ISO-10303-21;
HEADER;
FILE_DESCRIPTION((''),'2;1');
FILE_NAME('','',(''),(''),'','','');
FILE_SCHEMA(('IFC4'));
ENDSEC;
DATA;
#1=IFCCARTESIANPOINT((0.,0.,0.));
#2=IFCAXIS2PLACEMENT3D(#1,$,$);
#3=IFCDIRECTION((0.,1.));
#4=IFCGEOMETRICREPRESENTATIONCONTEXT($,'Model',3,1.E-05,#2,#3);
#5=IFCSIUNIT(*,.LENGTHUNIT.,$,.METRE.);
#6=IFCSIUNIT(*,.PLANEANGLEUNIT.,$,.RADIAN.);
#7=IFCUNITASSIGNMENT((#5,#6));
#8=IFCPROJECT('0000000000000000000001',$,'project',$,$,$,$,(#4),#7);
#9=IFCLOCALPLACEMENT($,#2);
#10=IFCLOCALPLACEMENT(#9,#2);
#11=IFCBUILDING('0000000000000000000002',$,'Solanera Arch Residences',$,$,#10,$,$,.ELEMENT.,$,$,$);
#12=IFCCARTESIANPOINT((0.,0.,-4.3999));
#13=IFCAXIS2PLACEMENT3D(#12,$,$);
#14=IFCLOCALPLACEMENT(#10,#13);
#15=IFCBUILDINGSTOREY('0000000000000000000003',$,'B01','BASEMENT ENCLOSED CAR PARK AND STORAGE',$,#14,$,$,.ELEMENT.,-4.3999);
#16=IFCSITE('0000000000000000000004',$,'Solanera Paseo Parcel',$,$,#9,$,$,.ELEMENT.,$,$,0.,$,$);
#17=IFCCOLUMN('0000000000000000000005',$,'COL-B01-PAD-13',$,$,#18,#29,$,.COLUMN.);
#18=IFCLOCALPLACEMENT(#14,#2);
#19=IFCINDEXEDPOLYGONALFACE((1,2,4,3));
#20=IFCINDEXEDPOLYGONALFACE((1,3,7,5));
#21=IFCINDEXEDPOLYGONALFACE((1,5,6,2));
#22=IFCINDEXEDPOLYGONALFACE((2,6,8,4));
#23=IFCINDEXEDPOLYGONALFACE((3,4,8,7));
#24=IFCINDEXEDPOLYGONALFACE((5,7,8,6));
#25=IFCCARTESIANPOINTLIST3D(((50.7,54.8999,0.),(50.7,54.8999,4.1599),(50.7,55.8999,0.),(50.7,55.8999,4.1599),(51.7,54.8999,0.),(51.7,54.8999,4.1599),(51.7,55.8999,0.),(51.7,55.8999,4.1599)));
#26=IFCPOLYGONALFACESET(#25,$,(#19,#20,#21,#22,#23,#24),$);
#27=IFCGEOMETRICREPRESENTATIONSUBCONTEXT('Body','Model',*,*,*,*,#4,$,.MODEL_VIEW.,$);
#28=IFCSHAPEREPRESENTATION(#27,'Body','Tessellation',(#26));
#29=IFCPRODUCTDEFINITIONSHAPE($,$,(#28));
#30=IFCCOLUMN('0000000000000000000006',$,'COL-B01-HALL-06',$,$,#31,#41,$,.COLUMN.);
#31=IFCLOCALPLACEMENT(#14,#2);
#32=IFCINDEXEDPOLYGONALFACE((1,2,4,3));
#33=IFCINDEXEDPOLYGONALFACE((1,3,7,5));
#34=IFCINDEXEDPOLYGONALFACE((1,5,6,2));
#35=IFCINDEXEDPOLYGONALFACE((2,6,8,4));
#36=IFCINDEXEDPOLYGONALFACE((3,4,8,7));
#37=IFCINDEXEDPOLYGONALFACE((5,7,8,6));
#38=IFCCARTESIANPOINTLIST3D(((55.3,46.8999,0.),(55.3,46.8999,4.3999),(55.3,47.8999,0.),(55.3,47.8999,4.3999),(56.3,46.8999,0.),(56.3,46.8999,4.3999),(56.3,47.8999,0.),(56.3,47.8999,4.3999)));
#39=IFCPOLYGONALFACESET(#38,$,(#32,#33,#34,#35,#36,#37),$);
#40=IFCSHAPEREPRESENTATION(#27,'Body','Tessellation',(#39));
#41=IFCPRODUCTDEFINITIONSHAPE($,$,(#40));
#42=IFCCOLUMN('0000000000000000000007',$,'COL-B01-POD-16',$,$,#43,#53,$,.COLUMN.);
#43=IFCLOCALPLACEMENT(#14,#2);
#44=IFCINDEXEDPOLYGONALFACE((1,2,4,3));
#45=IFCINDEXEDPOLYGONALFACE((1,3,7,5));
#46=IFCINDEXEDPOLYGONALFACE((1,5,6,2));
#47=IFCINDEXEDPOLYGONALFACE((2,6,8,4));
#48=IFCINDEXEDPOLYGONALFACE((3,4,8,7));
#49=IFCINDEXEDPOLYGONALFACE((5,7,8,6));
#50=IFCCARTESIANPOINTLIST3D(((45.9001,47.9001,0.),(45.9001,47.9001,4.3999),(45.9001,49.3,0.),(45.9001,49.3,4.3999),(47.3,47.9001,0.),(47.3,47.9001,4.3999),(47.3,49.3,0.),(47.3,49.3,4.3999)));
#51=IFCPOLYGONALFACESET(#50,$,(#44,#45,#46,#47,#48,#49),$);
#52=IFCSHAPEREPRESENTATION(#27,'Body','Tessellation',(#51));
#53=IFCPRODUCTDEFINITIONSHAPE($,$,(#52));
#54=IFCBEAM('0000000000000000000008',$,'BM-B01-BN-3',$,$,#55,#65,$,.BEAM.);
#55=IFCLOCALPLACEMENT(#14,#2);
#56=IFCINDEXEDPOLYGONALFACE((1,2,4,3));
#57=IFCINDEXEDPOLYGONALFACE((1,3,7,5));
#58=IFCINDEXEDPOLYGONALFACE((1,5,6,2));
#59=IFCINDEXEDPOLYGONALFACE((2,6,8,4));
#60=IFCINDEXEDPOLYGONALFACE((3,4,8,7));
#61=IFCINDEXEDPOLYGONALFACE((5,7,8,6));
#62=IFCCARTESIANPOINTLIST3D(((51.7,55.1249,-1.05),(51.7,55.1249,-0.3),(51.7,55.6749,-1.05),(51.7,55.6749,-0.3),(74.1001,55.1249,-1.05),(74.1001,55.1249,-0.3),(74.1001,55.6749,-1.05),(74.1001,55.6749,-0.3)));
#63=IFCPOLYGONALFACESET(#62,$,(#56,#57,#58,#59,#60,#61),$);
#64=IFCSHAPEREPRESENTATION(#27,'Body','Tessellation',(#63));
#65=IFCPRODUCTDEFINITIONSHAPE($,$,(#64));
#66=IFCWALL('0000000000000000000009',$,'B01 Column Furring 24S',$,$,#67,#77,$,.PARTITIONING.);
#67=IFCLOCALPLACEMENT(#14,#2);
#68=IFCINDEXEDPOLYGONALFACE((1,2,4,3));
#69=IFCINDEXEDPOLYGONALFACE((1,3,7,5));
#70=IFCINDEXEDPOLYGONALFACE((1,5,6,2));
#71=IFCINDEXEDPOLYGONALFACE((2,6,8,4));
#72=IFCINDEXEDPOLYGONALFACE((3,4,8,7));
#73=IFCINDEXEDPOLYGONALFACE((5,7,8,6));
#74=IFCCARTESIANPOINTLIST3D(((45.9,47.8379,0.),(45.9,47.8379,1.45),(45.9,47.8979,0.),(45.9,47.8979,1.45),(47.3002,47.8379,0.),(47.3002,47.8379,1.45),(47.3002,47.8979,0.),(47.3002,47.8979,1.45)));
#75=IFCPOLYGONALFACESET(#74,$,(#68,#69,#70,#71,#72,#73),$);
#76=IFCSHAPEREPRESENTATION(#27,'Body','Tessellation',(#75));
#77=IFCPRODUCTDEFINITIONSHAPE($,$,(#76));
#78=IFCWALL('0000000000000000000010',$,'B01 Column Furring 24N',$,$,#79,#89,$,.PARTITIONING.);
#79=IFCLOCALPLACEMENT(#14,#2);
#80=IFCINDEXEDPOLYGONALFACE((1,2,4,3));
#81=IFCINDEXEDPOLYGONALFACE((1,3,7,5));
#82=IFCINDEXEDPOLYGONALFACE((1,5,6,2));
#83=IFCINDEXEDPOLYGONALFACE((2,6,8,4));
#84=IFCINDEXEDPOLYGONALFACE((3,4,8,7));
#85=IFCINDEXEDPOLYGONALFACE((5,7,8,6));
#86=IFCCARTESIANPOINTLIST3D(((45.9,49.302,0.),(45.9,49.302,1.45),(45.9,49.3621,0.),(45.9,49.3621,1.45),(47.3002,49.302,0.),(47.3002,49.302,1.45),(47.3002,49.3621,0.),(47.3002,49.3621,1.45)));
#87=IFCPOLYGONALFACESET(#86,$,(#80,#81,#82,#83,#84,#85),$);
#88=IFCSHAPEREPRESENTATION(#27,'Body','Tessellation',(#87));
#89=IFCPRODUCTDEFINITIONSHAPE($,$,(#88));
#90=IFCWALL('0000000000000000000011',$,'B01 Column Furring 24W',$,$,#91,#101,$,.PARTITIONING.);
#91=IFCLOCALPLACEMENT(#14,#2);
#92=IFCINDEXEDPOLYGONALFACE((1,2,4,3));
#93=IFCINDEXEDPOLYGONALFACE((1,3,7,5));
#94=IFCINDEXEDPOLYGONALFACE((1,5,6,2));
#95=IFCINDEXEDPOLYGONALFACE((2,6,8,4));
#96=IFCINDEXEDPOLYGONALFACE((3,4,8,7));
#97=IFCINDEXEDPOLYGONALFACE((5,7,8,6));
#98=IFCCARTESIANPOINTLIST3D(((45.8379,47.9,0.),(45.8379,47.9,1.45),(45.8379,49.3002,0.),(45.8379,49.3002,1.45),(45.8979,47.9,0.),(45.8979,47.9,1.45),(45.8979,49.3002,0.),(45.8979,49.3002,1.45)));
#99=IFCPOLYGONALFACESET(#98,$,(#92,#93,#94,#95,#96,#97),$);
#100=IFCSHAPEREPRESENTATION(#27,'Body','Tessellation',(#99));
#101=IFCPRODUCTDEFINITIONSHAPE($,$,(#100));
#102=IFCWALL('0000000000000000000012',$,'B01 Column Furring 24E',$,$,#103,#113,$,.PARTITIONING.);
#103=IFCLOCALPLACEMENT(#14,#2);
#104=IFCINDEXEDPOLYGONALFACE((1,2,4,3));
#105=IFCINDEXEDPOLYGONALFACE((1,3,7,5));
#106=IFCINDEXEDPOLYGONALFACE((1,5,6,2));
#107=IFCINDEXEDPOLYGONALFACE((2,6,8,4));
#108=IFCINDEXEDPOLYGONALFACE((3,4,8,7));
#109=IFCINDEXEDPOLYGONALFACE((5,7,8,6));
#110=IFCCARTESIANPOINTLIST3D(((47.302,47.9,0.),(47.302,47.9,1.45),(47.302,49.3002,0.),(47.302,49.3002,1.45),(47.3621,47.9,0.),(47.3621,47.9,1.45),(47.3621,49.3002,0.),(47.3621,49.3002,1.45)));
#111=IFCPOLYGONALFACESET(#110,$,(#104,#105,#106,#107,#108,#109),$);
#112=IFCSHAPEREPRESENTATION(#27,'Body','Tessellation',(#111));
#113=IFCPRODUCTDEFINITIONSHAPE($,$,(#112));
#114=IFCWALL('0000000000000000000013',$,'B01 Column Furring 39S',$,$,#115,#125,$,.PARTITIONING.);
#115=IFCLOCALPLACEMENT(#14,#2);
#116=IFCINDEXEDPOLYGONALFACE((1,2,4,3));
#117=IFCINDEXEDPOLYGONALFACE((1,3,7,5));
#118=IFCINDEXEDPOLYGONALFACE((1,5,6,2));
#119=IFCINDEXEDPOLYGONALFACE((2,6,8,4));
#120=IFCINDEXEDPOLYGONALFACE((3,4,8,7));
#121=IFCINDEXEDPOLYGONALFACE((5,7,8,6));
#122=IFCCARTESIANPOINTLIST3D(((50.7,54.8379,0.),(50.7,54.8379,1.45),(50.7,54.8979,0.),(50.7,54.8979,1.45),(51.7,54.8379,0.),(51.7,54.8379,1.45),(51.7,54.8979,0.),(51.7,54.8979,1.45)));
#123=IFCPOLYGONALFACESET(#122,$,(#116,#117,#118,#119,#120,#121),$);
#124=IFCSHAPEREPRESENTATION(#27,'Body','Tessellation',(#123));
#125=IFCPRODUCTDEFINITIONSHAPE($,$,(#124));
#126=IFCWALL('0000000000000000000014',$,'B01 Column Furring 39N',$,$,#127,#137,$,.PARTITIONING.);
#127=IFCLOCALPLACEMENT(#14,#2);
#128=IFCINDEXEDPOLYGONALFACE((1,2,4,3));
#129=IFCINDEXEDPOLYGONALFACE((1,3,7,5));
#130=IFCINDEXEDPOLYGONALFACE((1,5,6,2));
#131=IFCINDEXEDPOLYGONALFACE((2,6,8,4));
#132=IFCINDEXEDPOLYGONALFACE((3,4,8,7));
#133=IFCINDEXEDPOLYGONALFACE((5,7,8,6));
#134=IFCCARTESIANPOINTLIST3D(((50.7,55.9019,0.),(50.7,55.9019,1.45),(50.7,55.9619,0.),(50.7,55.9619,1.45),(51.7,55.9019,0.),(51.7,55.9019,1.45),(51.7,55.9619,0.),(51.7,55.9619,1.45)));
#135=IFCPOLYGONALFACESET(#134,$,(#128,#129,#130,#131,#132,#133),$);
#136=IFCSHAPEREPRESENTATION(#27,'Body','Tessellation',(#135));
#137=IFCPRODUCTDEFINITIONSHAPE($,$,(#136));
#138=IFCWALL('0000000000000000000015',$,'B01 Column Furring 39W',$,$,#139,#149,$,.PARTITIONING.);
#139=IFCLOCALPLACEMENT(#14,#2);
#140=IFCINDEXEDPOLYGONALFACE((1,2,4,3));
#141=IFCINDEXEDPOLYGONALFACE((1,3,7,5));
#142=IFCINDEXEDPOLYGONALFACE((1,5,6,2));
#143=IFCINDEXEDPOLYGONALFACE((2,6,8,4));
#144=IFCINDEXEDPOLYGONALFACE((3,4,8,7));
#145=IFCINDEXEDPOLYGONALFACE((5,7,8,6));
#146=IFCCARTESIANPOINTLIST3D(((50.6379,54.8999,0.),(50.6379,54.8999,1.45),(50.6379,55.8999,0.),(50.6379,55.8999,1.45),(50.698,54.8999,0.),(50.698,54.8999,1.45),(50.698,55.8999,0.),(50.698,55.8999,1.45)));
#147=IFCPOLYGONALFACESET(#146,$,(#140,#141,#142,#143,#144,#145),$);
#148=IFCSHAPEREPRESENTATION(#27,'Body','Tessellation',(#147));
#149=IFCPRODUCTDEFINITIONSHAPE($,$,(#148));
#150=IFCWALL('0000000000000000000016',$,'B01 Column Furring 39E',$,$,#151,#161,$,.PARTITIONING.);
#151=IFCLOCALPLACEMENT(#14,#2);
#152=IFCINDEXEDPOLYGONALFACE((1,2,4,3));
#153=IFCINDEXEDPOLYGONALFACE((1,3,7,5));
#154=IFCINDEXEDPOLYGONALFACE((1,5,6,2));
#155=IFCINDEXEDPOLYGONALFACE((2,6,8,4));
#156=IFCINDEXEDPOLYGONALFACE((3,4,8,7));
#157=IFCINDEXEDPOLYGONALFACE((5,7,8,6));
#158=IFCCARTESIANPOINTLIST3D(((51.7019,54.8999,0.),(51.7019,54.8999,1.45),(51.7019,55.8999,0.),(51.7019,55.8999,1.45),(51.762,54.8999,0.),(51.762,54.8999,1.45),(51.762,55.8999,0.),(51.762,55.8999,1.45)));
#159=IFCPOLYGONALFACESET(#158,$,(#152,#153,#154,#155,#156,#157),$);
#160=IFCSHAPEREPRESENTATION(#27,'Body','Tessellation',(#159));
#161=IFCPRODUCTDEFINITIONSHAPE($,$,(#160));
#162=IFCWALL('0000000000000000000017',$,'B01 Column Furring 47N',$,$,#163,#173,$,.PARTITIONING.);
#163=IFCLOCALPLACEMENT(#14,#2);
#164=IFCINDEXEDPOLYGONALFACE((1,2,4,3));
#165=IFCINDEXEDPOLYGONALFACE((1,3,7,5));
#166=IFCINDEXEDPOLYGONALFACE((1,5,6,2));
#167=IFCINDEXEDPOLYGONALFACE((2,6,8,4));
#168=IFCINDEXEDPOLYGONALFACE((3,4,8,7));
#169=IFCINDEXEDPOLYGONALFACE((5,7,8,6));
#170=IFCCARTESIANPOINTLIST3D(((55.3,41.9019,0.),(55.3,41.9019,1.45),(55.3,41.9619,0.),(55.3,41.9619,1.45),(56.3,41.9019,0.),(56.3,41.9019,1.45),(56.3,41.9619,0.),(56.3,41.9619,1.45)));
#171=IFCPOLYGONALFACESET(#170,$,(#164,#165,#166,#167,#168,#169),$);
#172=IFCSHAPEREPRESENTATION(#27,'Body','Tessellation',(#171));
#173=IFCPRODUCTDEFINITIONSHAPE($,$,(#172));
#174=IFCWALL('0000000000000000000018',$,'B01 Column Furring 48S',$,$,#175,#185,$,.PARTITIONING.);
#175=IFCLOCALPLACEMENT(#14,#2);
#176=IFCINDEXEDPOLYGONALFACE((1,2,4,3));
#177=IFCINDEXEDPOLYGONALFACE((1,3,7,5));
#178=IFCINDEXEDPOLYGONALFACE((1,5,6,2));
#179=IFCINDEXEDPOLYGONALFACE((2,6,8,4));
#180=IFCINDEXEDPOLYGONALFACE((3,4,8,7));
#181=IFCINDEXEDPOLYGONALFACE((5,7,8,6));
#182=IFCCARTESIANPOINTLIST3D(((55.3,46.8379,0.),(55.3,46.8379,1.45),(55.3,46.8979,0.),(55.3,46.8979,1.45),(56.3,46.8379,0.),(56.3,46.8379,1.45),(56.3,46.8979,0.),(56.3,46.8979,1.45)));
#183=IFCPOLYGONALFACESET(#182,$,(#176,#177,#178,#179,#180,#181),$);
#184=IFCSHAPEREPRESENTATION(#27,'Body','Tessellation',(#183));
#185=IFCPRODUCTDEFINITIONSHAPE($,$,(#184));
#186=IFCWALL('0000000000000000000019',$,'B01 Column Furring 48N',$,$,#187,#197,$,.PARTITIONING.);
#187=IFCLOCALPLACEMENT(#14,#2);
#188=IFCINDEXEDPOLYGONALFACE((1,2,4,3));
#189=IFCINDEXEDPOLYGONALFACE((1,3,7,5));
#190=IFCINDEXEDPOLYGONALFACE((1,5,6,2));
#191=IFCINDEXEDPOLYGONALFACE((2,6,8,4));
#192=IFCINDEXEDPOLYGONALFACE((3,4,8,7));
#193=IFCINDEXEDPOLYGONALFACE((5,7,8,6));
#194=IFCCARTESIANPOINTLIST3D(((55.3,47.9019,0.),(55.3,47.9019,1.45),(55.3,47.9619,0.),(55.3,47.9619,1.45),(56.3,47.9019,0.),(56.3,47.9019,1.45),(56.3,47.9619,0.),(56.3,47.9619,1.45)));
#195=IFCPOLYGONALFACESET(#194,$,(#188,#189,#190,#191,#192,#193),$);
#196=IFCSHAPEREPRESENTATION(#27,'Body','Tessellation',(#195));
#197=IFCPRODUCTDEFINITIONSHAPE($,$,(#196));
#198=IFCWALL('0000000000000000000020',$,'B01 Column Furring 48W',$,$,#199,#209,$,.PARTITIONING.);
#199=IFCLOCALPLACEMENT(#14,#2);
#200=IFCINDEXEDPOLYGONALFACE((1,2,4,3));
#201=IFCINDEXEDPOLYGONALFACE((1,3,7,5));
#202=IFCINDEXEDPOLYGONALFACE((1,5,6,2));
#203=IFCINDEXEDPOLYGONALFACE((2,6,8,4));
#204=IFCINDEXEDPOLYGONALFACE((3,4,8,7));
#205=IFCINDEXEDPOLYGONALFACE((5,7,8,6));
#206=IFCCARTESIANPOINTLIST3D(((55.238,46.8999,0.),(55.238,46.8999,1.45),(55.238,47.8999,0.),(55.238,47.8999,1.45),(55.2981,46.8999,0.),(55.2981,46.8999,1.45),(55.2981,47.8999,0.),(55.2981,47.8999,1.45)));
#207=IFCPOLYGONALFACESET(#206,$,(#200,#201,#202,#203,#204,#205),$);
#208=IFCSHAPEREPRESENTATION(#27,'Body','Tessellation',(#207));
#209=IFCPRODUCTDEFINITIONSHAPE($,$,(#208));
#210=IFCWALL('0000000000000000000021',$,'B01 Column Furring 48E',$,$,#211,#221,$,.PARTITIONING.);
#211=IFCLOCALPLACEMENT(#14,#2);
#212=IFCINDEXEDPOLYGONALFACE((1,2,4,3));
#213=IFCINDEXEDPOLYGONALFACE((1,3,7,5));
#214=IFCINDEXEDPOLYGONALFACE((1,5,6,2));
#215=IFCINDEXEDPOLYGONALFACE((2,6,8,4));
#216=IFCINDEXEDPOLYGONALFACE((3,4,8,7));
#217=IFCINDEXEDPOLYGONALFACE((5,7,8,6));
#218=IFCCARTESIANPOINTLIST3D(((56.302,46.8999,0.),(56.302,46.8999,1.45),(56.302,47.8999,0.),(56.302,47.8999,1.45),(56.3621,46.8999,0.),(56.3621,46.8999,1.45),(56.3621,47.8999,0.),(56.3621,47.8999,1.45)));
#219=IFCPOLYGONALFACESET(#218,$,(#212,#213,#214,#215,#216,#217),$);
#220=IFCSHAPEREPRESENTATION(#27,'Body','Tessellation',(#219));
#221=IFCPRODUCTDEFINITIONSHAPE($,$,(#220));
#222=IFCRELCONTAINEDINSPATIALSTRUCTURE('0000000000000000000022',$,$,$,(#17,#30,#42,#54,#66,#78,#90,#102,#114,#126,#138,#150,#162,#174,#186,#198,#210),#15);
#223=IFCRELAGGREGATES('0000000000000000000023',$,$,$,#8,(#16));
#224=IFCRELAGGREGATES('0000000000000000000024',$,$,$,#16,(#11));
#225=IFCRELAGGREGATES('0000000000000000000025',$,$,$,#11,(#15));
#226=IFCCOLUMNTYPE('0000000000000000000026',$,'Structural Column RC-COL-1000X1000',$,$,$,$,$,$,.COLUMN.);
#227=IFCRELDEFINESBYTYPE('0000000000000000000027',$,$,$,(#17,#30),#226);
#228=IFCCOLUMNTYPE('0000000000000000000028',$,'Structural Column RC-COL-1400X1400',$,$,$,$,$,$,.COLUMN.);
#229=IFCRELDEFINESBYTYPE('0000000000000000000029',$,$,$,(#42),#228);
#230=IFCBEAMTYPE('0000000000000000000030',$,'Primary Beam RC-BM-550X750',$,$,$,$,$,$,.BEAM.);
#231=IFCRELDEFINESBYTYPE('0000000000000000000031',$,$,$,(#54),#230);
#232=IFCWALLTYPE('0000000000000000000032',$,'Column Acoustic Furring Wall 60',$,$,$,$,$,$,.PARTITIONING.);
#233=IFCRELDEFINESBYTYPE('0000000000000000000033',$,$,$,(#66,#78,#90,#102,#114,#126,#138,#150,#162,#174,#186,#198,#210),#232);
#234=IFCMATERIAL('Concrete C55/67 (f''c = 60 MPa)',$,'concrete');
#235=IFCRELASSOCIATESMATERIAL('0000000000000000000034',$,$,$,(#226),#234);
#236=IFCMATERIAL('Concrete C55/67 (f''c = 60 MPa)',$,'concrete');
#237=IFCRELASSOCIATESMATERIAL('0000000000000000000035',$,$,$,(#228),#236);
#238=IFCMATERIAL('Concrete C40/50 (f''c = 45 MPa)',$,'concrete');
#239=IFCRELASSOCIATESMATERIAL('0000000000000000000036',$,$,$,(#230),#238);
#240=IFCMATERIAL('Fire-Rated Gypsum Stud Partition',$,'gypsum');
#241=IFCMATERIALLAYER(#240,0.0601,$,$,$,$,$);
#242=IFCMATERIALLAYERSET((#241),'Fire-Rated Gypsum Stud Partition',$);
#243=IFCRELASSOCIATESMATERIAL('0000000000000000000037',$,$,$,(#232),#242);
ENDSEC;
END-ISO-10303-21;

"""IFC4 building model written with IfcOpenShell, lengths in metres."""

from ifc_helpers import new_model, si_unit, direction, frame, frame_2d, origin, origin_2d, place, context, subcontext, project, spatial, rectangle, extrude, material, layer, layer_set, material_profile, profile_set, type_object, element, save


model = new_model("IFC4")

# Units and contexts
model_context = context("Model", 3, precision=1e-05, world=origin(), true_north=direction((0.0, 1.0)))
body_context = subcontext(model_context, "Body", "Model", "MODEL_VIEW")
ifc_project = project(units=[si_unit("LENGTHUNIT", "METRE"), si_unit("PLANEANGLEUNIT", "RADIAN")], contexts=[model_context])

# Site, building, storey
site_placement = place(None, origin())
site = spatial("IfcSite", under=ifc_project, at=site_placement, Name="Solanera Paseo Parcel", CompositionType="ELEMENT", RefElevation=0.0)
building_placement = place(site_placement, origin())
building = spatial("IfcBuilding", under=site, at=building_placement, Name="Solanera Arch Residences", CompositionType="ELEMENT")
storey_placement = place(building_placement, frame((0.0, 0.0, -4.3999)))
storey = spatial("IfcBuildingStorey", under=building, at=storey_placement, Name="B01", Description="BASEMENT ENCLOSED CAR PARK AND STORAGE", CompositionType="ELEMENT", Elevation=-4.3999)

# Columns
ifc_material_1 = material(Name="Concrete C55/67 (f'c = 60 MPa)", Category="concrete")
ifc_material_profile_1 = material_profile(ifc_material_1, rectangle(XDim=1.0, YDim=1.0, at=origin_2d()))
ifc_profile_set_1 = profile_set([ifc_material_profile_1], Name="Concrete C55/67 (f'c = 60 MPa)")
column_type_1 = type_object("IfcColumnType", Name="Structural Column RC-COL-1000X1000", PredefinedType="COLUMN", material=ifc_profile_set_1)
column_1_placement = place(storey_placement, frame((51.2, 55.3999, 0.0), z_axis=(0.0, 0.0, 1.0), x_axis=(1.0, 0.0, 0.0)))
element("IfcColumn", 1, at=column_1_placement, inside=storey, type_object=column_type_1, Name="COL-B01-PAD-13", PredefinedType="COLUMN", context=body_context, shape_type="SweptSolid", body=[
    extrude(rectangle(XDim=1.0, YDim=1.0, at=origin_2d()), origin(), (0.0, 0.0, 1.0), 4.1599),
])
column_2_placement = place(storey_placement, frame((55.8, 47.3999, 0.0), z_axis=(0.0, 0.0, 1.0), x_axis=(1.0, 0.0, 0.0)))
element("IfcColumn", 2, at=column_2_placement, inside=storey, type_object=column_type_1, Name="COL-B01-HALL-06", PredefinedType="COLUMN", context=body_context, shape_type="SweptSolid", body=[
    extrude(rectangle(XDim=1.0, YDim=1.0, at=origin_2d()), origin(), (0.0, 0.0, 1.0), 4.3999),
])
ifc_material_2 = material(Name="Concrete C55/67 (f'c = 60 MPa)", Category="concrete")
ifc_material_profile_2 = material_profile(ifc_material_2, rectangle(XDim=1.3999, YDim=1.3999, at=origin_2d()))
ifc_profile_set_2 = profile_set([ifc_material_profile_2], Name="Concrete C55/67 (f'c = 60 MPa)")
column_type_2 = type_object("IfcColumnType", Name="Structural Column RC-COL-1400X1400", PredefinedType="COLUMN", material=ifc_profile_set_2)
column_3_placement = place(storey_placement, frame((46.6001, 48.6001, 0.0), z_axis=(0.0, 0.0, 1.0), x_axis=(1.0, 0.0, 0.0)))
element("IfcColumn", 3, at=column_3_placement, inside=storey, type_object=column_type_2, Name="COL-B01-POD-16", PredefinedType="COLUMN", context=body_context, shape_type="SweptSolid", body=[
    extrude(rectangle(XDim=1.3999, YDim=1.3999, at=origin_2d()), origin(), (0.0, 0.0, 1.0), 4.3999),
])

# Beam
ifc_material_3 = material(Name="Concrete C40/50 (f'c = 45 MPa)", Category="concrete")
ifc_material_profile_3 = material_profile(ifc_material_3, rectangle(XDim=0.55, YDim=0.75, at=origin_2d()))
ifc_profile_set_3 = profile_set([ifc_material_profile_3], Name="Concrete C40/50 (f'c = 45 MPa)")
beam_type = type_object("IfcBeamType", Name="Primary Beam RC-BM-550X750", PredefinedType="BEAM", material=ifc_profile_set_3)
beam_placement = place(storey_placement, frame((51.7, 55.3999, -0.675), z_axis=(1.0, 0.0, 0.0), x_axis=(0.0, 1.0, 0.0)))
element("IfcBeam", 4, at=beam_placement, inside=storey, type_object=beam_type, Name="BM-B01-BN-3", PredefinedType="BEAM", context=body_context, shape_type="SweptSolid", body=[
    extrude(rectangle(XDim=0.55, YDim=0.75, at=origin_2d()), origin(), (0.0, 0.0, 1.0), 22.4001),
])

# Walls
ifc_material_4 = material(Name="Fire-Rated Gypsum Stud Partition", Category="gypsum")
ifc_layer_1 = layer(ifc_material_4, 0.0601)
ifc_layer_set_1 = layer_set([ifc_layer_1], Name="Fire-Rated Gypsum Stud Partition")
wall_type_1 = type_object("IfcWallType", Name="Column Acoustic Furring Wall 60", PredefinedType="PARTITIONING", material=ifc_layer_set_1)
for number, where, z_axis, x_axis, name in (
    (5, (45.8999, 47.8679, 0.0), (0.0, 0.0, 1.0), (1.0, 0.0, 0.0), "B01 Column Furring 24S"),
    (6, (45.8999, 49.332, 0.0), (0.0, 0.0, 1.0), (1.0, 0.0, 0.0), "B01 Column Furring 24N"),
    (7, (45.8679, 47.8999, 0.0), (0.0, 0.0, 1.0), (0.0, 1.0, 0.0), "B01 Column Furring 24W"),
    (8, (47.332, 47.8999, 0.0), (0.0, 0.0, 1.0), (0.0, 1.0, 0.0), "B01 Column Furring 24E"),
):
    element("IfcWall", number, at=place(storey_placement, frame(where, z_axis=z_axis, x_axis=x_axis)), inside=storey, type_object=wall_type_1, Name=name, PredefinedType="PARTITIONING", context=body_context, shape_type="SweptSolid", body=[
        extrude(rectangle(XDim=1.4001, YDim=0.0601, at=frame_2d((0.7002, 0.0))), origin(), (0.0, 0.0, 1.0), 1.45),
    ])
for number, where, z_axis, x_axis, name in (
    (9, (50.7, 54.8679, 0.0), (0.0, 0.0, 1.0), (1.0, 0.0, 0.0), "B01 Column Furring 39S"),
    (10, (50.7, 55.9319, 0.0), (0.0, 0.0, 1.0), (1.0, 0.0, 0.0), "B01 Column Furring 39N"),
    (11, (50.668, 54.8999, 0.0), (0.0, 0.0, 1.0), (0.0, 1.0, 0.0), "B01 Column Furring 39W"),
    (12, (51.7319, 54.8999, 0.0), (0.0, 0.0, 1.0), (0.0, 1.0, 0.0), "B01 Column Furring 39E"),
    (13, (55.3, 41.9319, 0.0), (0.0, 0.0, 1.0), (1.0, 0.0, 0.0), "B01 Column Furring 47N"),
    (14, (55.3, 46.8679, 0.0), (0.0, 0.0, 1.0), (1.0, 0.0, 0.0), "B01 Column Furring 48S"),
    (15, (55.3, 47.9319, 0.0), (0.0, 0.0, 1.0), (1.0, 0.0, 0.0), "B01 Column Furring 48N"),
    (16, (55.2681, 46.8999, 0.0), (0.0, 0.0, 1.0), (0.0, 1.0, 0.0), "B01 Column Furring 48W"),
    (17, (56.332, 46.8999, 0.0), (0.0, 0.0, 1.0), (0.0, 1.0, 0.0), "B01 Column Furring 48E"),
):
    element("IfcWall", number, at=place(storey_placement, frame(where, z_axis=z_axis, x_axis=x_axis)), inside=storey, type_object=wall_type_1, Name=name, PredefinedType="PARTITIONING", context=body_context, shape_type="SweptSolid", body=[
        extrude(rectangle(XDim=1.0, YDim=0.0601, at=frame_2d((0.5, 0.0))), origin(), (0.0, 0.0, 1.0), 1.45),
    ])

save(model, "model.ifc")
